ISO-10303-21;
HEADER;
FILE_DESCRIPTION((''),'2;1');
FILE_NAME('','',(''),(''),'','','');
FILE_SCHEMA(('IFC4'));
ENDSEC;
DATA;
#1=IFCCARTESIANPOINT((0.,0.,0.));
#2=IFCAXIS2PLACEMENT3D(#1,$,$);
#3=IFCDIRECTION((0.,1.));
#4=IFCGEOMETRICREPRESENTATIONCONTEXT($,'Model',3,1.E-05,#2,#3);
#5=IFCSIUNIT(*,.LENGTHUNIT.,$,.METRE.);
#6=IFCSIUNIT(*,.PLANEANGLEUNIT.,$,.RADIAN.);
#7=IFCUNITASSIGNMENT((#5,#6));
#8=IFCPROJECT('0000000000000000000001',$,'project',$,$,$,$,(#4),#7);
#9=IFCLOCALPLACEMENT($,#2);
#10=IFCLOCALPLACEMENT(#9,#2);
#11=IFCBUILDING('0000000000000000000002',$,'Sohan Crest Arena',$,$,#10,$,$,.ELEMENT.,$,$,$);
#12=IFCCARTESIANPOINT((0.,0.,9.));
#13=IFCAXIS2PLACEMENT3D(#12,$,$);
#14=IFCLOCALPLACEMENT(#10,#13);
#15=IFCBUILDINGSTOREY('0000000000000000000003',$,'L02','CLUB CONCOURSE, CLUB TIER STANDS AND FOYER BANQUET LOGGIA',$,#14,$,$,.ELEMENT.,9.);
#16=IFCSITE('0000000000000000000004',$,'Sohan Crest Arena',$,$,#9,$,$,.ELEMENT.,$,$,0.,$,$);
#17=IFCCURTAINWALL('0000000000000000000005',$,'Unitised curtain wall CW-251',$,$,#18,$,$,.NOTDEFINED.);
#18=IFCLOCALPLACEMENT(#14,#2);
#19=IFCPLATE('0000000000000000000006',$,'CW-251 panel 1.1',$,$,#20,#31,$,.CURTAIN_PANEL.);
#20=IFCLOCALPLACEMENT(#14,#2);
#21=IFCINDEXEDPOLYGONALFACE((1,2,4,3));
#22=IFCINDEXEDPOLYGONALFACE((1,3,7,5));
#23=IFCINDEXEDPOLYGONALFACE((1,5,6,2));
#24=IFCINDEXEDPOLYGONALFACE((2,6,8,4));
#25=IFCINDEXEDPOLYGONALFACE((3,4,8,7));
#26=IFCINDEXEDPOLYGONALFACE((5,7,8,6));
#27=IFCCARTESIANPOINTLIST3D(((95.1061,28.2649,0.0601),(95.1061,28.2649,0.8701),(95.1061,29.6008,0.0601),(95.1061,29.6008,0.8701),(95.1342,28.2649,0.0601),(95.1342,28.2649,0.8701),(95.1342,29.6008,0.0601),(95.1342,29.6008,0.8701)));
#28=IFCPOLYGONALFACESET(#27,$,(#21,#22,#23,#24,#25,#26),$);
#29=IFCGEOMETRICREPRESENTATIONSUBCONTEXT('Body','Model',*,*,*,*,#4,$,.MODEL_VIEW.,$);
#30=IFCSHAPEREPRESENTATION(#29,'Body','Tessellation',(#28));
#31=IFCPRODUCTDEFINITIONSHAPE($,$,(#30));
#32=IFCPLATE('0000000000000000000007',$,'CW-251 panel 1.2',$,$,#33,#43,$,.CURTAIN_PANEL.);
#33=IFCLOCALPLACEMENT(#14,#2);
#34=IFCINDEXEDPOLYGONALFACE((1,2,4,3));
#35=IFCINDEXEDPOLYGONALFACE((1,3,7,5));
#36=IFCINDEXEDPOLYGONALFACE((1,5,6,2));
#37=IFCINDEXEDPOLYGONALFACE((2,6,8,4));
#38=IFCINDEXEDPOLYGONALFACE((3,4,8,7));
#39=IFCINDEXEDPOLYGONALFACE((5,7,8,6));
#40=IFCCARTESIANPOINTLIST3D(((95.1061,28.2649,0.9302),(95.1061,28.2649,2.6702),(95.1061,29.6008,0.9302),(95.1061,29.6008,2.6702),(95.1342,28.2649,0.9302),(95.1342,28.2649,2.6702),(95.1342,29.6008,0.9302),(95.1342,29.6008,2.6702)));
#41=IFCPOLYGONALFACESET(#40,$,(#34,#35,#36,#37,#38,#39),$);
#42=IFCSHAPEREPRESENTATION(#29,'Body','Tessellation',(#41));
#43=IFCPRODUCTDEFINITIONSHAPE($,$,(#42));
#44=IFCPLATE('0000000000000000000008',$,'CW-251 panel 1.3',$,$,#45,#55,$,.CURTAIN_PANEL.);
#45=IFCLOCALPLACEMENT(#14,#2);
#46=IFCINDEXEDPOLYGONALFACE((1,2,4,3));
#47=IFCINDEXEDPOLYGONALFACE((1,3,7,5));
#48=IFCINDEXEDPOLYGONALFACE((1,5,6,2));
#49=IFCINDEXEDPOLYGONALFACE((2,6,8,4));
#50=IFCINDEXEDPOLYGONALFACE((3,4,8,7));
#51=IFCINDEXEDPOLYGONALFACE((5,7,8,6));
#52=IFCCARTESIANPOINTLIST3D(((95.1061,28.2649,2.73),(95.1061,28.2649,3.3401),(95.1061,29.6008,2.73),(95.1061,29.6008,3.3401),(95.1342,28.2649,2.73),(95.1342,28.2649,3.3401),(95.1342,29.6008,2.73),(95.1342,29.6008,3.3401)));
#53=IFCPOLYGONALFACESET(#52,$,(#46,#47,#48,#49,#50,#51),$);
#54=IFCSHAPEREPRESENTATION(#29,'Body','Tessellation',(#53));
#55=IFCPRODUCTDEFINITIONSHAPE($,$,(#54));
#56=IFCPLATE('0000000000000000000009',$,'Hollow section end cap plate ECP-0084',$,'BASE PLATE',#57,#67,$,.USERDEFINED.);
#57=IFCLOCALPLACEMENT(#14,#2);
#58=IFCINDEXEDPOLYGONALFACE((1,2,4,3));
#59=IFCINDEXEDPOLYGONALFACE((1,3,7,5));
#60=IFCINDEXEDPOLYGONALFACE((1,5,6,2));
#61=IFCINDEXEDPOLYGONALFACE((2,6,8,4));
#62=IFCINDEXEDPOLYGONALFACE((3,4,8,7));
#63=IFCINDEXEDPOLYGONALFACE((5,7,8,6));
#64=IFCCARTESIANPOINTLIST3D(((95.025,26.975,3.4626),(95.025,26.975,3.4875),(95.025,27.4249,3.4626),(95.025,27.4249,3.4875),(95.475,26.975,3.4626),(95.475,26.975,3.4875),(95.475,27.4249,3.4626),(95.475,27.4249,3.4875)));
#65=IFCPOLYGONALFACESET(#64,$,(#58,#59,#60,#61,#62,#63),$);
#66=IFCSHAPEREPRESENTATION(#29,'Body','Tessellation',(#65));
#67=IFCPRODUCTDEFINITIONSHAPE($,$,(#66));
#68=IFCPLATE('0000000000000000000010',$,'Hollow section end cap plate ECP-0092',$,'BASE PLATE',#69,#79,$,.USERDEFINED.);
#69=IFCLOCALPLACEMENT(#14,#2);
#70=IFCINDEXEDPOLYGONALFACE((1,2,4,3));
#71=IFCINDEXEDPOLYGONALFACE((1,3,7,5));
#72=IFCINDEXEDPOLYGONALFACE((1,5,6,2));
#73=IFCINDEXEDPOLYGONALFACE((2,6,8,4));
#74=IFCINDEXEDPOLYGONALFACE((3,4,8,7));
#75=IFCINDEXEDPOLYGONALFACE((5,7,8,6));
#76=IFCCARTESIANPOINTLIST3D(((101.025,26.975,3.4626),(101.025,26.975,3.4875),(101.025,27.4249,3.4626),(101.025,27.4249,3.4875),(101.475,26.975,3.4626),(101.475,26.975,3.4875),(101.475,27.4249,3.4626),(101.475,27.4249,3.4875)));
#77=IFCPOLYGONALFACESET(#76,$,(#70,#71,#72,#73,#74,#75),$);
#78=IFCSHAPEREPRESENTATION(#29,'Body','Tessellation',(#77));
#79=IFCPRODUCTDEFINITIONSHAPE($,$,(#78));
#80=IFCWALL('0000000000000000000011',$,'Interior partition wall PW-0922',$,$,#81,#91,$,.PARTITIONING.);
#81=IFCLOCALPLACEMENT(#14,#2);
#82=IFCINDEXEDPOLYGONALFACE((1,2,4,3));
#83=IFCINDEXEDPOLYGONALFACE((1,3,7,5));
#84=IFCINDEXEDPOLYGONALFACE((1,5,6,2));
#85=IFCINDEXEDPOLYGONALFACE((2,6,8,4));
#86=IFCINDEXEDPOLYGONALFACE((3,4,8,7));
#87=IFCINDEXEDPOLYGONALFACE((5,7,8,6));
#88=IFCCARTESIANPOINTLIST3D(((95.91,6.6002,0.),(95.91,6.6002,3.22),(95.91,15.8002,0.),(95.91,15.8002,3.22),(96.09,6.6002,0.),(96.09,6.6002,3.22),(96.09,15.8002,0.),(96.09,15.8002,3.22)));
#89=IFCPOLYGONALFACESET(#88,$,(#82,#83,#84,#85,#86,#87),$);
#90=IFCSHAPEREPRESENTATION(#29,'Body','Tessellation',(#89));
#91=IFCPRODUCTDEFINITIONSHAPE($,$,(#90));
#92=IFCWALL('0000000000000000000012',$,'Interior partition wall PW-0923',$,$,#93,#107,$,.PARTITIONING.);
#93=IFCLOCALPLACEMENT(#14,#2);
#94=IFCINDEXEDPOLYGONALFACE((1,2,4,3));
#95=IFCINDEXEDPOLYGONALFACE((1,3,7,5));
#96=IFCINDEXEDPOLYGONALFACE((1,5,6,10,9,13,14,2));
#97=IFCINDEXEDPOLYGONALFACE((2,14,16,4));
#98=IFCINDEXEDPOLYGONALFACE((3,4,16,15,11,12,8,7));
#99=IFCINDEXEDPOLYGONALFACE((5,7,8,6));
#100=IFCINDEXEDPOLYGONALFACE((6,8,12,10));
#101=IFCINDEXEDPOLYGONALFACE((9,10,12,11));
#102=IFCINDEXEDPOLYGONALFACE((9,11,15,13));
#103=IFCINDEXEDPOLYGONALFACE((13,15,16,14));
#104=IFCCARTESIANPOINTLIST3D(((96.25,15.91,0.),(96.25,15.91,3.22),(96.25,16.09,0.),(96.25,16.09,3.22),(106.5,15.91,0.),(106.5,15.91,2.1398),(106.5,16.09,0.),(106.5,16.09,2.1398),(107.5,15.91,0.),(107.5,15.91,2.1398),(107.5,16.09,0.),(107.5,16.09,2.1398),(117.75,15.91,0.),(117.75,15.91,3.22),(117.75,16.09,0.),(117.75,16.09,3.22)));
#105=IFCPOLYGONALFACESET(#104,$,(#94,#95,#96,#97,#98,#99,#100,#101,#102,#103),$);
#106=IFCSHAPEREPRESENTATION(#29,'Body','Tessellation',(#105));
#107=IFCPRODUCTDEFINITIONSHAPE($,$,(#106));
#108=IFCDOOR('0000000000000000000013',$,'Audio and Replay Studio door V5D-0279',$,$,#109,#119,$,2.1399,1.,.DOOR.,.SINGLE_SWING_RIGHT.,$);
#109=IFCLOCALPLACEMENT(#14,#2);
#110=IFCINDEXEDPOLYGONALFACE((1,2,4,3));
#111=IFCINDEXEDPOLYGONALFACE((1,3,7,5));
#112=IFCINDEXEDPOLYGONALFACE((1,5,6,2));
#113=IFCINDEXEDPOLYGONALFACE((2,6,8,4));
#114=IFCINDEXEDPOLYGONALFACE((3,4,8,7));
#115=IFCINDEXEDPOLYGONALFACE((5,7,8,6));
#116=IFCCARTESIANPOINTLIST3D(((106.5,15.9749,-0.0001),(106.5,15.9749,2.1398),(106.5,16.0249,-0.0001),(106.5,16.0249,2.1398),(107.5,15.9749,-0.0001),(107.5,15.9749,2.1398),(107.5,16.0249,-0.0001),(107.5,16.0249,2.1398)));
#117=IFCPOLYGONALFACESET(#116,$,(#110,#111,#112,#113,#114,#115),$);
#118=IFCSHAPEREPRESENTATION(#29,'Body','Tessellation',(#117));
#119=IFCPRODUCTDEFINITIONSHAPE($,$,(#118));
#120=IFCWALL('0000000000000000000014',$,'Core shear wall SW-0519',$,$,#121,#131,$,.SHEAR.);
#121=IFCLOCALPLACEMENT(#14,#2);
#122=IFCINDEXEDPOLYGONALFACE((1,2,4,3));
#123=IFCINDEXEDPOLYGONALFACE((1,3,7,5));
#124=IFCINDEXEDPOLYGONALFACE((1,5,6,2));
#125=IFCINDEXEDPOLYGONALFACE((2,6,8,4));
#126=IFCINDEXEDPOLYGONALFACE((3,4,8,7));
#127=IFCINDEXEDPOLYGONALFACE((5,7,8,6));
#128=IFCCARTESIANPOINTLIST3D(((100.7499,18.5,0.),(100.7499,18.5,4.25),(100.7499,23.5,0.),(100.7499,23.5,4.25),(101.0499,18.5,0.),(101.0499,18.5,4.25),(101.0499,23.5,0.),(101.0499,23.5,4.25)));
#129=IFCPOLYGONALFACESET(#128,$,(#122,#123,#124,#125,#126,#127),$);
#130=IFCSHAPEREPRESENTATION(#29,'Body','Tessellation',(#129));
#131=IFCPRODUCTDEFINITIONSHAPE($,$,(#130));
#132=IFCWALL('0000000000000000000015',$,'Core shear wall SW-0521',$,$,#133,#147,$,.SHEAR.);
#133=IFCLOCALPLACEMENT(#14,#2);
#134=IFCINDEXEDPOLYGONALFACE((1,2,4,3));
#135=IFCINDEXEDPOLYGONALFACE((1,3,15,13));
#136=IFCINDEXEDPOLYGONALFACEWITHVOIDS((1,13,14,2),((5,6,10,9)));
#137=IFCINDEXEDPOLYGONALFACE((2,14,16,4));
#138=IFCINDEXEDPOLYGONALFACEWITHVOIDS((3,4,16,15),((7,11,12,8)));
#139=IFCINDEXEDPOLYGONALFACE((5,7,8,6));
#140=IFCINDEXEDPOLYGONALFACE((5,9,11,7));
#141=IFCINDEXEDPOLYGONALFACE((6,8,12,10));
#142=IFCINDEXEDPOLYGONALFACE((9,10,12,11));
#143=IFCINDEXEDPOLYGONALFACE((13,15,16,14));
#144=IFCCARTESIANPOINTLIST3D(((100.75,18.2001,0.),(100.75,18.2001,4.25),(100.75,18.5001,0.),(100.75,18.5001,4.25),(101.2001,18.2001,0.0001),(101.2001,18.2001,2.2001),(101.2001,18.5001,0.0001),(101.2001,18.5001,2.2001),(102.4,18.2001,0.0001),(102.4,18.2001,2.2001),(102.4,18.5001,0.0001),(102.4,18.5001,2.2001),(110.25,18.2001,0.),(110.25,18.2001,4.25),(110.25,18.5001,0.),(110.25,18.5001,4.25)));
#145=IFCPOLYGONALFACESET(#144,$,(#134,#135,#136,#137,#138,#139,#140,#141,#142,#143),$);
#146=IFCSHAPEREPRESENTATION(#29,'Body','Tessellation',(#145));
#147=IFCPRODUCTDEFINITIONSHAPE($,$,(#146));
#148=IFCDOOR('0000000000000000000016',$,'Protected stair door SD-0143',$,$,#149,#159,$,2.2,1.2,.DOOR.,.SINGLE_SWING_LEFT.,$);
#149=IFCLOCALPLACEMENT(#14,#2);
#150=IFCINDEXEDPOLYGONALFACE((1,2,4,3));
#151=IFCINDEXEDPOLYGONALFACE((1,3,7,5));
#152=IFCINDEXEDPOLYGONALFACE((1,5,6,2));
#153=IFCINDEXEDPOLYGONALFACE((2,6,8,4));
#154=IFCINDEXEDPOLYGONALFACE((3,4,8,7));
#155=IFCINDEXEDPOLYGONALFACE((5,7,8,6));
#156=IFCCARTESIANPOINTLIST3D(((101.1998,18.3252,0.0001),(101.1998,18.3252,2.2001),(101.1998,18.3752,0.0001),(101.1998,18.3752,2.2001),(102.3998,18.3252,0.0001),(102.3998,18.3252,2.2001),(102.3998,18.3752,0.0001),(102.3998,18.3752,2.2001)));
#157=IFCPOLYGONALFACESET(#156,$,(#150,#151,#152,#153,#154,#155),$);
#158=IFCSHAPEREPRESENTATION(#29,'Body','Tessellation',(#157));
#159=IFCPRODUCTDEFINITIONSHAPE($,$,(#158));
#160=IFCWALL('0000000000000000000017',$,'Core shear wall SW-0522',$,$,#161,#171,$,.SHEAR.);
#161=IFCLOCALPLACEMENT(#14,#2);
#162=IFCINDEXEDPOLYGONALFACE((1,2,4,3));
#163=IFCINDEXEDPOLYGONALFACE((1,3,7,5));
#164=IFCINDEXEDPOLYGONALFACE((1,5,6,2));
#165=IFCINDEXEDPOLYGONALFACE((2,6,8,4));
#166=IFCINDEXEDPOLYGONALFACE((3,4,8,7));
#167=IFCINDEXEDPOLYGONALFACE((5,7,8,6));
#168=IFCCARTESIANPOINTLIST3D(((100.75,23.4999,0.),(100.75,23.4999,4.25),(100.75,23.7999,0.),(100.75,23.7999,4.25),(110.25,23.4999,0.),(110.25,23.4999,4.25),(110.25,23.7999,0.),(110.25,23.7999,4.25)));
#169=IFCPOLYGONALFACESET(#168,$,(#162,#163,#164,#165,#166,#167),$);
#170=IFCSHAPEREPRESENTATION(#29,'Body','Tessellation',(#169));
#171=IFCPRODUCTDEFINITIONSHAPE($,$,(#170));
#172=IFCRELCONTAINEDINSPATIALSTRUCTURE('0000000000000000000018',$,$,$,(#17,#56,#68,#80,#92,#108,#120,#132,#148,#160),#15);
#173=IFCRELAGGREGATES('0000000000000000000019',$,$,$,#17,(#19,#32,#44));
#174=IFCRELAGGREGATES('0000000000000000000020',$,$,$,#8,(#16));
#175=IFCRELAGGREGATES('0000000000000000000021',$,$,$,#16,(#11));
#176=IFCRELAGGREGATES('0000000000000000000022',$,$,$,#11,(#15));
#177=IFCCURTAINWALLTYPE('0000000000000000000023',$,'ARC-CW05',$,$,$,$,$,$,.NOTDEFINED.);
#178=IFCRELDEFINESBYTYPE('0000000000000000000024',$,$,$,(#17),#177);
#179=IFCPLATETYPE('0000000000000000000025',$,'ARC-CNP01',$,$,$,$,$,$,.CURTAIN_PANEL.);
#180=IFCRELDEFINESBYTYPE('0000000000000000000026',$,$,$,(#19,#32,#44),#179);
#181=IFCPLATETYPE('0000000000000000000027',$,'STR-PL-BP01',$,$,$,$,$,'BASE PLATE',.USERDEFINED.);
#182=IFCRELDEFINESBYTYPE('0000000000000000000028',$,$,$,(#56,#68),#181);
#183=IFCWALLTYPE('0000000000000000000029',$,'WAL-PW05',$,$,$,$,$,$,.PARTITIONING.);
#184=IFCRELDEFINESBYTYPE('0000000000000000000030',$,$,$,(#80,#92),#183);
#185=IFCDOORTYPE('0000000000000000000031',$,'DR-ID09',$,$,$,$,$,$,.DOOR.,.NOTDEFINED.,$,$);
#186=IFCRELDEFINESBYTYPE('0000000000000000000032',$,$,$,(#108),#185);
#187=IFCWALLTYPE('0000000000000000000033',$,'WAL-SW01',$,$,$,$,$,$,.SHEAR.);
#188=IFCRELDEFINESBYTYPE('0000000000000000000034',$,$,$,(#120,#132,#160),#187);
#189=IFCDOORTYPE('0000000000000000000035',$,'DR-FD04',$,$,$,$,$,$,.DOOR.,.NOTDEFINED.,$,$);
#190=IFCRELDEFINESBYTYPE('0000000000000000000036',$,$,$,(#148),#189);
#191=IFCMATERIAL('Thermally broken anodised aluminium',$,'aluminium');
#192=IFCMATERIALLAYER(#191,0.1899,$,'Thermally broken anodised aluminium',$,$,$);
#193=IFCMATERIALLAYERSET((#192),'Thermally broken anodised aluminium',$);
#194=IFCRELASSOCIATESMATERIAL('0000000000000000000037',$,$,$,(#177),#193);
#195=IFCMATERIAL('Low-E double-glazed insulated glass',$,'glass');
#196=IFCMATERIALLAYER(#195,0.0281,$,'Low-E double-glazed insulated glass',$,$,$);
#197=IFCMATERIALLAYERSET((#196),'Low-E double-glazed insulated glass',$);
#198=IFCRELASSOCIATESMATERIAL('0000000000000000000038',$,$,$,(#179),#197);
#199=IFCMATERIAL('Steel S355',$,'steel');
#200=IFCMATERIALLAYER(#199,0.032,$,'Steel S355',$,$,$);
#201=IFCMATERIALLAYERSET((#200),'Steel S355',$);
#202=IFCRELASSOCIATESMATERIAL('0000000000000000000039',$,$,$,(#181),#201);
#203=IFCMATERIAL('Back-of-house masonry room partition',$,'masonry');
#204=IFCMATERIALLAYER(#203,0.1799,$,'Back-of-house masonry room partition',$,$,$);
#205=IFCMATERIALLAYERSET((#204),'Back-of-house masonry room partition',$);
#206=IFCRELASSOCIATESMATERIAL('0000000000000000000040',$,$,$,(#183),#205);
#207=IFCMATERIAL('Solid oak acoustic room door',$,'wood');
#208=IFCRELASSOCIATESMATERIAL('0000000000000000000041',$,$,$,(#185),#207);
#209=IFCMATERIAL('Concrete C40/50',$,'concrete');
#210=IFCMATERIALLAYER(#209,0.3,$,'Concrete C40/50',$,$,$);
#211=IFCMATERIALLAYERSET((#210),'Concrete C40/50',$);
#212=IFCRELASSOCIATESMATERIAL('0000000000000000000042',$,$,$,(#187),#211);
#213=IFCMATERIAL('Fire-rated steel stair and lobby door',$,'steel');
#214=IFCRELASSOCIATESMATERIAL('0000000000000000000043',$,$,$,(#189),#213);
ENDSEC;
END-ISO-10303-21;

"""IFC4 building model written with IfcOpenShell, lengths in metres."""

from ifc_helpers import new_model, si_unit, direction, frame, frame_2d, origin, origin_2d, place, context, subcontext, project, spatial, rectangle, extrude, material, layer, layer_set, type_object, element, fill, aggregate, save


model = new_model("IFC4")

# Units and contexts
model_context = context("Model", 3, precision=1e-05, world=origin(), true_north=direction((0.0, 1.0)))
body_context = subcontext(model_context, "Body", "Model", "MODEL_VIEW")
ifc_project = project(units=[si_unit("LENGTHUNIT", "METRE"), si_unit("PLANEANGLEUNIT", "RADIAN")], contexts=[model_context])

# Site, building, storey
site_placement = place(None, origin())
site = spatial("IfcSite", under=ifc_project, at=site_placement, Name="Sohan Crest Arena", CompositionType="ELEMENT", RefElevation=0.0)
building_placement = place(site_placement, origin())
building = spatial("IfcBuilding", under=site, at=building_placement, Name="Sohan Crest Arena", CompositionType="ELEMENT")
storey_placement = place(building_placement, frame((0.0, 0.0, 9.0)))
storey = spatial("IfcBuildingStorey", under=building, at=storey_placement, Name="L02", Description="CLUB CONCOURSE, CLUB TIER STANDS AND FOYER BANQUET LOGGIA", CompositionType="ELEMENT", Elevation=9.0)

# Shared definitions
ifc_material_1 = material(Name="Steel S355", Category="steel")

# Shared definitions
ifc_material_2 = material(Name="Thermally broken anodised aluminium", Category="aluminium")
ifc_layer_1 = layer(ifc_material_2, 0.1899, Name="Thermally broken anodised aluminium")
ifc_layer_set_1 = layer_set([ifc_layer_1], Name="Thermally broken anodised aluminium")
curtain_wall_type_1 = type_object("IfcCurtainWallType", Name="ARC-CW05", PredefinedType="NOTDEFINED", material=ifc_layer_set_1)

# Curtain wall
curtain_wall_1_placement = place(storey_placement, origin())
curtain_wall_1 = element("IfcCurtainWall", 1, at=curtain_wall_1_placement, inside=storey, type_object=curtain_wall_type_1, Name="Unitised curtain wall CW-251", PredefinedType="NOTDEFINED")

# Plates
ifc_material_3 = material(Name="Low-E double-glazed insulated glass", Category="glass")
ifc_layer_2 = layer(ifc_material_3, 0.0281, Name="Low-E double-glazed insulated glass")
ifc_layer_set_2 = layer_set([ifc_layer_2], Name="Low-E double-glazed insulated glass")
plate_type_1 = type_object("IfcPlateType", Name="ARC-CNP01", PredefinedType="CURTAIN_PANEL", material=ifc_layer_set_2)
plate_1_placement = place(storey_placement, frame((95.1201, 28.9329, 0.0601), z_axis=(0.0, 0.0, 1.0), x_axis=(0.0, 1.0, 0.0)))
plate_1 = element("IfcPlate", 2, at=plate_1_placement, type_object=plate_type_1, Name="CW-251 panel 1.1", PredefinedType="CURTAIN_PANEL", context=body_context, shape_type="SweptSolid", body=[
    extrude(rectangle(XDim=1.3359, YDim=0.0281, at=origin_2d()), origin(), (0.0, 0.0, 1.0), 0.8101),
])
plate_2_placement = place(storey_placement, frame((95.1201, 28.9329, 0.9302), z_axis=(0.0, 0.0, 1.0), x_axis=(0.0, 1.0, 0.0)))
plate_2 = element("IfcPlate", 3, at=plate_2_placement, type_object=plate_type_1, Name="CW-251 panel 1.2", PredefinedType="CURTAIN_PANEL", context=body_context, shape_type="SweptSolid", body=[
    extrude(rectangle(XDim=1.3359, YDim=0.0281, at=origin_2d()), origin(), (0.0, 0.0, 1.0), 1.74),
])
plate_3_placement = place(storey_placement, frame((95.1201, 28.9329, 2.73), z_axis=(0.0, 0.0, 1.0), x_axis=(0.0, 1.0, 0.0)))
plate_3 = element("IfcPlate", 4, at=plate_3_placement, type_object=plate_type_1, Name="CW-251 panel 1.3", PredefinedType="CURTAIN_PANEL", context=body_context, shape_type="SweptSolid", body=[
    extrude(rectangle(XDim=1.3359, YDim=0.0281, at=origin_2d()), origin(), (0.0, 0.0, 1.0), 0.6101),
])
aggregate(curtain_wall_1, [plate_1, plate_2, plate_3])

# Plates
ifc_layer_3 = layer(ifc_material_1, 0.032, Name="Steel S355")
ifc_layer_set_3 = layer_set([ifc_layer_3], Name="Steel S355")
plate_type_2 = type_object("IfcPlateType", Name="STR-PL-BP01", ElementType="BASE PLATE", PredefinedType="USERDEFINED", material=ifc_layer_set_3)
for number, where, z_axis, x_axis, name in (
    (5, (95.25, 27.2, 3.4626), (0.0, 0.0, 1.0), (1.0, 0.0, 0.0), "Hollow section end cap plate ECP-0084"),
    (6, (101.25, 27.2, 3.4626), (0.0, 0.0, 1.0), (1.0, 0.0, 0.0), "Hollow section end cap plate ECP-0092"),
):
    element("IfcPlate", number, at=place(storey_placement, frame(where, z_axis=z_axis, x_axis=x_axis)), inside=storey, type_object=plate_type_2, Name=name, ObjectType="BASE PLATE", PredefinedType="USERDEFINED", context=body_context, shape_type="SweptSolid", body=[
        extrude(rectangle(XDim=0.45, YDim=0.45, at=origin_2d()), origin(), (0.0, 0.0, 1.0), 0.0249),
    ])

# Wall
ifc_material_4 = material(Name="Back-of-house masonry room partition", Category="masonry")
ifc_layer_4 = layer(ifc_material_4, 0.1799, Name="Back-of-house masonry room partition")
ifc_layer_set_4 = layer_set([ifc_layer_4], Name="Back-of-house masonry room partition")
wall_type_1 = type_object("IfcWallType", Name="WAL-PW05", PredefinedType="PARTITIONING", material=ifc_layer_set_4)
wall_1_placement = place(storey_placement, frame((96.0, 6.6001, 0.0), z_axis=(0.0, 0.0, 1.0), x_axis=(0.0, 1.0, 0.0)))
element("IfcWall", 7, at=wall_1_placement, inside=storey, type_object=wall_type_1, Name="Interior partition wall PW-0922", PredefinedType="PARTITIONING", context=body_context, shape_type="SweptSolid", body=[
    extrude(rectangle(XDim=9.2, YDim=0.1799, at=frame_2d((4.6001, 0.0))), origin(), (0.0, 0.0, 1.0), 3.22),
])

# Wall, opening, door
wall_2_placement = place(storey_placement, frame((96.25, 16.0, 0.0), z_axis=(0.0, 0.0, 1.0), x_axis=(1.0, 0.0, 0.0)))
wall_2 = element("IfcWall", 8, at=wall_2_placement, inside=storey, type_object=wall_type_1, Name="Interior partition wall PW-0923", PredefinedType="PARTITIONING", context=body_context, shape_type="SweptSolid", body=[
    extrude(rectangle(XDim=21.5, YDim=0.1799, at=frame_2d((10.75, 0.0))), origin(), (0.0, 0.0, 1.0), 3.22),
])
opening_1_placement = place(wall_2_placement, frame((10.25, 0.0, 0.0)))
opening_1 = element("IfcOpeningElement", 9, at=opening_1_placement, cuts=wall_2, PredefinedType="OPENING", context=body_context, shape_type="SweptSolid", body=[
    extrude(rectangle(XDim=1.0, YDim=2.1399, at=frame_2d((0.5, 1.0698))), frame((0.0, 0.0999, 0.0), z_axis=(0.0, -1.0, 0.0), x_axis=(1.0, 0.0, 0.0)), (0.0, 0.0, 1.0), 0.2),
])
ifc_material_5 = material(Name="Solid oak acoustic room door", Category="wood")
door_type_1 = type_object("IfcDoorType", Name="DR-ID09", OperationType="NOTDEFINED", PredefinedType="DOOR", material=ifc_material_5)
door_1_placement = place(opening_1_placement, origin())
door_1 = element("IfcDoor", 10, at=door_1_placement, inside=storey, type_object=door_type_1, Name="Audio and Replay Studio door V5D-0279", OperationType="SINGLE_SWING_RIGHT", OverallHeight=2.1399, OverallWidth=1.0, PredefinedType="DOOR", context=body_context, shape_type="SweptSolid", body=[
    extrude(rectangle(XDim=1.0, YDim=2.1399, at=frame_2d((0.5, 1.0698))), frame((0.0, 0.0249, 0.0), z_axis=(0.0, -1.0, 0.0), x_axis=(1.0, 0.0, 0.0)), (0.0, 0.0, 1.0), 0.05),
])
fill(opening_1, door_1)

# Wall
ifc_material_6 = material(Name="Concrete C40/50", Category="concrete")
ifc_layer_5 = layer(ifc_material_6, 0.3, Name="Concrete C40/50")
ifc_layer_set_5 = layer_set([ifc_layer_5], Name="Concrete C40/50")
wall_type_2 = type_object("IfcWallType", Name="WAL-SW01", PredefinedType="SHEAR", material=ifc_layer_set_5)
wall_3_placement = place(storey_placement, frame((100.8999, 18.5, 0.0), z_axis=(0.0, 0.0, 1.0), x_axis=(0.0, 1.0, 0.0)))
element("IfcWall", 11, at=wall_3_placement, inside=storey, type_object=wall_type_2, Name="Core shear wall SW-0519", PredefinedType="SHEAR", context=body_context, shape_type="SweptSolid", body=[
    extrude(rectangle(XDim=5.0, YDim=0.3, at=frame_2d((2.5, 0.0))), origin(), (0.0, 0.0, 1.0), 4.25),
])

# Wall, opening, door
wall_4_placement = place(storey_placement, frame((100.75, 18.3501, 0.0), z_axis=(0.0, 0.0, 1.0), x_axis=(1.0, 0.0, 0.0)))
wall_4 = element("IfcWall", 12, at=wall_4_placement, inside=storey, type_object=wall_type_2, Name="Core shear wall SW-0521", PredefinedType="SHEAR", context=body_context, shape_type="SweptSolid", body=[
    extrude(rectangle(XDim=9.5, YDim=0.3, at=frame_2d((4.75, 0.0))), origin(), (0.0, 0.0, 1.0), 4.25),
])
opening_2_placement = place(wall_4_placement, frame((0.45, 0.0, 0.0)))
opening_2 = element("IfcOpeningElement", 13, at=opening_2_placement, cuts=wall_4, PredefinedType="OPENING", context=body_context, shape_type="SweptSolid", body=[
    extrude(rectangle(XDim=1.2, YDim=2.2, at=frame_2d((0.6001, 1.1001))), frame((0.0, 0.1599, 0.0), z_axis=(0.0, -1.0, 0.0), x_axis=(1.0, 0.0, 0.0)), (0.0, 0.0, 1.0), 0.3201),
])
ifc_material_7 = material(Name="Fire-rated steel stair and lobby door", Category="steel")
door_type_2 = type_object("IfcDoorType", Name="DR-FD04", OperationType="NOTDEFINED", PredefinedType="DOOR", material=ifc_material_7)
door_2_placement = place(opening_2_placement, frame((1.2, 0.0, 0.0), z_axis=(0.0, 0.0, 1.0), x_axis=(-1.0, 0.0, 0.0)))
door_2 = element("IfcDoor", 14, at=door_2_placement, inside=storey, type_object=door_type_2, Name="Protected stair door SD-0143", OperationType="SINGLE_SWING_LEFT", OverallHeight=2.2, OverallWidth=1.2, PredefinedType="DOOR", context=body_context, shape_type="SweptSolid", body=[
    extrude(rectangle(XDim=1.2, YDim=2.2, at=frame_2d((0.6001, 1.1001))), frame((0.0, 0.0249, 0.0), z_axis=(0.0, -1.0, 0.0), x_axis=(1.0, 0.0, 0.0)), (0.0, 0.0, 1.0), 0.05),
])
fill(opening_2, door_2)

# Wall
wall_5_placement = place(storey_placement, frame((100.75, 23.6499, 0.0), z_axis=(0.0, 0.0, 1.0), x_axis=(1.0, 0.0, 0.0)))
element("IfcWall", 15, at=wall_5_placement, inside=storey, type_object=wall_type_2, Name="Core shear wall SW-0522", PredefinedType="SHEAR", context=body_context, shape_type="SweptSolid", body=[
    extrude(rectangle(XDim=9.5, YDim=0.3, at=frame_2d((4.75, 0.0))), origin(), (0.0, 0.0, 1.0), 4.25),
])

save(model, "model.ifc")
